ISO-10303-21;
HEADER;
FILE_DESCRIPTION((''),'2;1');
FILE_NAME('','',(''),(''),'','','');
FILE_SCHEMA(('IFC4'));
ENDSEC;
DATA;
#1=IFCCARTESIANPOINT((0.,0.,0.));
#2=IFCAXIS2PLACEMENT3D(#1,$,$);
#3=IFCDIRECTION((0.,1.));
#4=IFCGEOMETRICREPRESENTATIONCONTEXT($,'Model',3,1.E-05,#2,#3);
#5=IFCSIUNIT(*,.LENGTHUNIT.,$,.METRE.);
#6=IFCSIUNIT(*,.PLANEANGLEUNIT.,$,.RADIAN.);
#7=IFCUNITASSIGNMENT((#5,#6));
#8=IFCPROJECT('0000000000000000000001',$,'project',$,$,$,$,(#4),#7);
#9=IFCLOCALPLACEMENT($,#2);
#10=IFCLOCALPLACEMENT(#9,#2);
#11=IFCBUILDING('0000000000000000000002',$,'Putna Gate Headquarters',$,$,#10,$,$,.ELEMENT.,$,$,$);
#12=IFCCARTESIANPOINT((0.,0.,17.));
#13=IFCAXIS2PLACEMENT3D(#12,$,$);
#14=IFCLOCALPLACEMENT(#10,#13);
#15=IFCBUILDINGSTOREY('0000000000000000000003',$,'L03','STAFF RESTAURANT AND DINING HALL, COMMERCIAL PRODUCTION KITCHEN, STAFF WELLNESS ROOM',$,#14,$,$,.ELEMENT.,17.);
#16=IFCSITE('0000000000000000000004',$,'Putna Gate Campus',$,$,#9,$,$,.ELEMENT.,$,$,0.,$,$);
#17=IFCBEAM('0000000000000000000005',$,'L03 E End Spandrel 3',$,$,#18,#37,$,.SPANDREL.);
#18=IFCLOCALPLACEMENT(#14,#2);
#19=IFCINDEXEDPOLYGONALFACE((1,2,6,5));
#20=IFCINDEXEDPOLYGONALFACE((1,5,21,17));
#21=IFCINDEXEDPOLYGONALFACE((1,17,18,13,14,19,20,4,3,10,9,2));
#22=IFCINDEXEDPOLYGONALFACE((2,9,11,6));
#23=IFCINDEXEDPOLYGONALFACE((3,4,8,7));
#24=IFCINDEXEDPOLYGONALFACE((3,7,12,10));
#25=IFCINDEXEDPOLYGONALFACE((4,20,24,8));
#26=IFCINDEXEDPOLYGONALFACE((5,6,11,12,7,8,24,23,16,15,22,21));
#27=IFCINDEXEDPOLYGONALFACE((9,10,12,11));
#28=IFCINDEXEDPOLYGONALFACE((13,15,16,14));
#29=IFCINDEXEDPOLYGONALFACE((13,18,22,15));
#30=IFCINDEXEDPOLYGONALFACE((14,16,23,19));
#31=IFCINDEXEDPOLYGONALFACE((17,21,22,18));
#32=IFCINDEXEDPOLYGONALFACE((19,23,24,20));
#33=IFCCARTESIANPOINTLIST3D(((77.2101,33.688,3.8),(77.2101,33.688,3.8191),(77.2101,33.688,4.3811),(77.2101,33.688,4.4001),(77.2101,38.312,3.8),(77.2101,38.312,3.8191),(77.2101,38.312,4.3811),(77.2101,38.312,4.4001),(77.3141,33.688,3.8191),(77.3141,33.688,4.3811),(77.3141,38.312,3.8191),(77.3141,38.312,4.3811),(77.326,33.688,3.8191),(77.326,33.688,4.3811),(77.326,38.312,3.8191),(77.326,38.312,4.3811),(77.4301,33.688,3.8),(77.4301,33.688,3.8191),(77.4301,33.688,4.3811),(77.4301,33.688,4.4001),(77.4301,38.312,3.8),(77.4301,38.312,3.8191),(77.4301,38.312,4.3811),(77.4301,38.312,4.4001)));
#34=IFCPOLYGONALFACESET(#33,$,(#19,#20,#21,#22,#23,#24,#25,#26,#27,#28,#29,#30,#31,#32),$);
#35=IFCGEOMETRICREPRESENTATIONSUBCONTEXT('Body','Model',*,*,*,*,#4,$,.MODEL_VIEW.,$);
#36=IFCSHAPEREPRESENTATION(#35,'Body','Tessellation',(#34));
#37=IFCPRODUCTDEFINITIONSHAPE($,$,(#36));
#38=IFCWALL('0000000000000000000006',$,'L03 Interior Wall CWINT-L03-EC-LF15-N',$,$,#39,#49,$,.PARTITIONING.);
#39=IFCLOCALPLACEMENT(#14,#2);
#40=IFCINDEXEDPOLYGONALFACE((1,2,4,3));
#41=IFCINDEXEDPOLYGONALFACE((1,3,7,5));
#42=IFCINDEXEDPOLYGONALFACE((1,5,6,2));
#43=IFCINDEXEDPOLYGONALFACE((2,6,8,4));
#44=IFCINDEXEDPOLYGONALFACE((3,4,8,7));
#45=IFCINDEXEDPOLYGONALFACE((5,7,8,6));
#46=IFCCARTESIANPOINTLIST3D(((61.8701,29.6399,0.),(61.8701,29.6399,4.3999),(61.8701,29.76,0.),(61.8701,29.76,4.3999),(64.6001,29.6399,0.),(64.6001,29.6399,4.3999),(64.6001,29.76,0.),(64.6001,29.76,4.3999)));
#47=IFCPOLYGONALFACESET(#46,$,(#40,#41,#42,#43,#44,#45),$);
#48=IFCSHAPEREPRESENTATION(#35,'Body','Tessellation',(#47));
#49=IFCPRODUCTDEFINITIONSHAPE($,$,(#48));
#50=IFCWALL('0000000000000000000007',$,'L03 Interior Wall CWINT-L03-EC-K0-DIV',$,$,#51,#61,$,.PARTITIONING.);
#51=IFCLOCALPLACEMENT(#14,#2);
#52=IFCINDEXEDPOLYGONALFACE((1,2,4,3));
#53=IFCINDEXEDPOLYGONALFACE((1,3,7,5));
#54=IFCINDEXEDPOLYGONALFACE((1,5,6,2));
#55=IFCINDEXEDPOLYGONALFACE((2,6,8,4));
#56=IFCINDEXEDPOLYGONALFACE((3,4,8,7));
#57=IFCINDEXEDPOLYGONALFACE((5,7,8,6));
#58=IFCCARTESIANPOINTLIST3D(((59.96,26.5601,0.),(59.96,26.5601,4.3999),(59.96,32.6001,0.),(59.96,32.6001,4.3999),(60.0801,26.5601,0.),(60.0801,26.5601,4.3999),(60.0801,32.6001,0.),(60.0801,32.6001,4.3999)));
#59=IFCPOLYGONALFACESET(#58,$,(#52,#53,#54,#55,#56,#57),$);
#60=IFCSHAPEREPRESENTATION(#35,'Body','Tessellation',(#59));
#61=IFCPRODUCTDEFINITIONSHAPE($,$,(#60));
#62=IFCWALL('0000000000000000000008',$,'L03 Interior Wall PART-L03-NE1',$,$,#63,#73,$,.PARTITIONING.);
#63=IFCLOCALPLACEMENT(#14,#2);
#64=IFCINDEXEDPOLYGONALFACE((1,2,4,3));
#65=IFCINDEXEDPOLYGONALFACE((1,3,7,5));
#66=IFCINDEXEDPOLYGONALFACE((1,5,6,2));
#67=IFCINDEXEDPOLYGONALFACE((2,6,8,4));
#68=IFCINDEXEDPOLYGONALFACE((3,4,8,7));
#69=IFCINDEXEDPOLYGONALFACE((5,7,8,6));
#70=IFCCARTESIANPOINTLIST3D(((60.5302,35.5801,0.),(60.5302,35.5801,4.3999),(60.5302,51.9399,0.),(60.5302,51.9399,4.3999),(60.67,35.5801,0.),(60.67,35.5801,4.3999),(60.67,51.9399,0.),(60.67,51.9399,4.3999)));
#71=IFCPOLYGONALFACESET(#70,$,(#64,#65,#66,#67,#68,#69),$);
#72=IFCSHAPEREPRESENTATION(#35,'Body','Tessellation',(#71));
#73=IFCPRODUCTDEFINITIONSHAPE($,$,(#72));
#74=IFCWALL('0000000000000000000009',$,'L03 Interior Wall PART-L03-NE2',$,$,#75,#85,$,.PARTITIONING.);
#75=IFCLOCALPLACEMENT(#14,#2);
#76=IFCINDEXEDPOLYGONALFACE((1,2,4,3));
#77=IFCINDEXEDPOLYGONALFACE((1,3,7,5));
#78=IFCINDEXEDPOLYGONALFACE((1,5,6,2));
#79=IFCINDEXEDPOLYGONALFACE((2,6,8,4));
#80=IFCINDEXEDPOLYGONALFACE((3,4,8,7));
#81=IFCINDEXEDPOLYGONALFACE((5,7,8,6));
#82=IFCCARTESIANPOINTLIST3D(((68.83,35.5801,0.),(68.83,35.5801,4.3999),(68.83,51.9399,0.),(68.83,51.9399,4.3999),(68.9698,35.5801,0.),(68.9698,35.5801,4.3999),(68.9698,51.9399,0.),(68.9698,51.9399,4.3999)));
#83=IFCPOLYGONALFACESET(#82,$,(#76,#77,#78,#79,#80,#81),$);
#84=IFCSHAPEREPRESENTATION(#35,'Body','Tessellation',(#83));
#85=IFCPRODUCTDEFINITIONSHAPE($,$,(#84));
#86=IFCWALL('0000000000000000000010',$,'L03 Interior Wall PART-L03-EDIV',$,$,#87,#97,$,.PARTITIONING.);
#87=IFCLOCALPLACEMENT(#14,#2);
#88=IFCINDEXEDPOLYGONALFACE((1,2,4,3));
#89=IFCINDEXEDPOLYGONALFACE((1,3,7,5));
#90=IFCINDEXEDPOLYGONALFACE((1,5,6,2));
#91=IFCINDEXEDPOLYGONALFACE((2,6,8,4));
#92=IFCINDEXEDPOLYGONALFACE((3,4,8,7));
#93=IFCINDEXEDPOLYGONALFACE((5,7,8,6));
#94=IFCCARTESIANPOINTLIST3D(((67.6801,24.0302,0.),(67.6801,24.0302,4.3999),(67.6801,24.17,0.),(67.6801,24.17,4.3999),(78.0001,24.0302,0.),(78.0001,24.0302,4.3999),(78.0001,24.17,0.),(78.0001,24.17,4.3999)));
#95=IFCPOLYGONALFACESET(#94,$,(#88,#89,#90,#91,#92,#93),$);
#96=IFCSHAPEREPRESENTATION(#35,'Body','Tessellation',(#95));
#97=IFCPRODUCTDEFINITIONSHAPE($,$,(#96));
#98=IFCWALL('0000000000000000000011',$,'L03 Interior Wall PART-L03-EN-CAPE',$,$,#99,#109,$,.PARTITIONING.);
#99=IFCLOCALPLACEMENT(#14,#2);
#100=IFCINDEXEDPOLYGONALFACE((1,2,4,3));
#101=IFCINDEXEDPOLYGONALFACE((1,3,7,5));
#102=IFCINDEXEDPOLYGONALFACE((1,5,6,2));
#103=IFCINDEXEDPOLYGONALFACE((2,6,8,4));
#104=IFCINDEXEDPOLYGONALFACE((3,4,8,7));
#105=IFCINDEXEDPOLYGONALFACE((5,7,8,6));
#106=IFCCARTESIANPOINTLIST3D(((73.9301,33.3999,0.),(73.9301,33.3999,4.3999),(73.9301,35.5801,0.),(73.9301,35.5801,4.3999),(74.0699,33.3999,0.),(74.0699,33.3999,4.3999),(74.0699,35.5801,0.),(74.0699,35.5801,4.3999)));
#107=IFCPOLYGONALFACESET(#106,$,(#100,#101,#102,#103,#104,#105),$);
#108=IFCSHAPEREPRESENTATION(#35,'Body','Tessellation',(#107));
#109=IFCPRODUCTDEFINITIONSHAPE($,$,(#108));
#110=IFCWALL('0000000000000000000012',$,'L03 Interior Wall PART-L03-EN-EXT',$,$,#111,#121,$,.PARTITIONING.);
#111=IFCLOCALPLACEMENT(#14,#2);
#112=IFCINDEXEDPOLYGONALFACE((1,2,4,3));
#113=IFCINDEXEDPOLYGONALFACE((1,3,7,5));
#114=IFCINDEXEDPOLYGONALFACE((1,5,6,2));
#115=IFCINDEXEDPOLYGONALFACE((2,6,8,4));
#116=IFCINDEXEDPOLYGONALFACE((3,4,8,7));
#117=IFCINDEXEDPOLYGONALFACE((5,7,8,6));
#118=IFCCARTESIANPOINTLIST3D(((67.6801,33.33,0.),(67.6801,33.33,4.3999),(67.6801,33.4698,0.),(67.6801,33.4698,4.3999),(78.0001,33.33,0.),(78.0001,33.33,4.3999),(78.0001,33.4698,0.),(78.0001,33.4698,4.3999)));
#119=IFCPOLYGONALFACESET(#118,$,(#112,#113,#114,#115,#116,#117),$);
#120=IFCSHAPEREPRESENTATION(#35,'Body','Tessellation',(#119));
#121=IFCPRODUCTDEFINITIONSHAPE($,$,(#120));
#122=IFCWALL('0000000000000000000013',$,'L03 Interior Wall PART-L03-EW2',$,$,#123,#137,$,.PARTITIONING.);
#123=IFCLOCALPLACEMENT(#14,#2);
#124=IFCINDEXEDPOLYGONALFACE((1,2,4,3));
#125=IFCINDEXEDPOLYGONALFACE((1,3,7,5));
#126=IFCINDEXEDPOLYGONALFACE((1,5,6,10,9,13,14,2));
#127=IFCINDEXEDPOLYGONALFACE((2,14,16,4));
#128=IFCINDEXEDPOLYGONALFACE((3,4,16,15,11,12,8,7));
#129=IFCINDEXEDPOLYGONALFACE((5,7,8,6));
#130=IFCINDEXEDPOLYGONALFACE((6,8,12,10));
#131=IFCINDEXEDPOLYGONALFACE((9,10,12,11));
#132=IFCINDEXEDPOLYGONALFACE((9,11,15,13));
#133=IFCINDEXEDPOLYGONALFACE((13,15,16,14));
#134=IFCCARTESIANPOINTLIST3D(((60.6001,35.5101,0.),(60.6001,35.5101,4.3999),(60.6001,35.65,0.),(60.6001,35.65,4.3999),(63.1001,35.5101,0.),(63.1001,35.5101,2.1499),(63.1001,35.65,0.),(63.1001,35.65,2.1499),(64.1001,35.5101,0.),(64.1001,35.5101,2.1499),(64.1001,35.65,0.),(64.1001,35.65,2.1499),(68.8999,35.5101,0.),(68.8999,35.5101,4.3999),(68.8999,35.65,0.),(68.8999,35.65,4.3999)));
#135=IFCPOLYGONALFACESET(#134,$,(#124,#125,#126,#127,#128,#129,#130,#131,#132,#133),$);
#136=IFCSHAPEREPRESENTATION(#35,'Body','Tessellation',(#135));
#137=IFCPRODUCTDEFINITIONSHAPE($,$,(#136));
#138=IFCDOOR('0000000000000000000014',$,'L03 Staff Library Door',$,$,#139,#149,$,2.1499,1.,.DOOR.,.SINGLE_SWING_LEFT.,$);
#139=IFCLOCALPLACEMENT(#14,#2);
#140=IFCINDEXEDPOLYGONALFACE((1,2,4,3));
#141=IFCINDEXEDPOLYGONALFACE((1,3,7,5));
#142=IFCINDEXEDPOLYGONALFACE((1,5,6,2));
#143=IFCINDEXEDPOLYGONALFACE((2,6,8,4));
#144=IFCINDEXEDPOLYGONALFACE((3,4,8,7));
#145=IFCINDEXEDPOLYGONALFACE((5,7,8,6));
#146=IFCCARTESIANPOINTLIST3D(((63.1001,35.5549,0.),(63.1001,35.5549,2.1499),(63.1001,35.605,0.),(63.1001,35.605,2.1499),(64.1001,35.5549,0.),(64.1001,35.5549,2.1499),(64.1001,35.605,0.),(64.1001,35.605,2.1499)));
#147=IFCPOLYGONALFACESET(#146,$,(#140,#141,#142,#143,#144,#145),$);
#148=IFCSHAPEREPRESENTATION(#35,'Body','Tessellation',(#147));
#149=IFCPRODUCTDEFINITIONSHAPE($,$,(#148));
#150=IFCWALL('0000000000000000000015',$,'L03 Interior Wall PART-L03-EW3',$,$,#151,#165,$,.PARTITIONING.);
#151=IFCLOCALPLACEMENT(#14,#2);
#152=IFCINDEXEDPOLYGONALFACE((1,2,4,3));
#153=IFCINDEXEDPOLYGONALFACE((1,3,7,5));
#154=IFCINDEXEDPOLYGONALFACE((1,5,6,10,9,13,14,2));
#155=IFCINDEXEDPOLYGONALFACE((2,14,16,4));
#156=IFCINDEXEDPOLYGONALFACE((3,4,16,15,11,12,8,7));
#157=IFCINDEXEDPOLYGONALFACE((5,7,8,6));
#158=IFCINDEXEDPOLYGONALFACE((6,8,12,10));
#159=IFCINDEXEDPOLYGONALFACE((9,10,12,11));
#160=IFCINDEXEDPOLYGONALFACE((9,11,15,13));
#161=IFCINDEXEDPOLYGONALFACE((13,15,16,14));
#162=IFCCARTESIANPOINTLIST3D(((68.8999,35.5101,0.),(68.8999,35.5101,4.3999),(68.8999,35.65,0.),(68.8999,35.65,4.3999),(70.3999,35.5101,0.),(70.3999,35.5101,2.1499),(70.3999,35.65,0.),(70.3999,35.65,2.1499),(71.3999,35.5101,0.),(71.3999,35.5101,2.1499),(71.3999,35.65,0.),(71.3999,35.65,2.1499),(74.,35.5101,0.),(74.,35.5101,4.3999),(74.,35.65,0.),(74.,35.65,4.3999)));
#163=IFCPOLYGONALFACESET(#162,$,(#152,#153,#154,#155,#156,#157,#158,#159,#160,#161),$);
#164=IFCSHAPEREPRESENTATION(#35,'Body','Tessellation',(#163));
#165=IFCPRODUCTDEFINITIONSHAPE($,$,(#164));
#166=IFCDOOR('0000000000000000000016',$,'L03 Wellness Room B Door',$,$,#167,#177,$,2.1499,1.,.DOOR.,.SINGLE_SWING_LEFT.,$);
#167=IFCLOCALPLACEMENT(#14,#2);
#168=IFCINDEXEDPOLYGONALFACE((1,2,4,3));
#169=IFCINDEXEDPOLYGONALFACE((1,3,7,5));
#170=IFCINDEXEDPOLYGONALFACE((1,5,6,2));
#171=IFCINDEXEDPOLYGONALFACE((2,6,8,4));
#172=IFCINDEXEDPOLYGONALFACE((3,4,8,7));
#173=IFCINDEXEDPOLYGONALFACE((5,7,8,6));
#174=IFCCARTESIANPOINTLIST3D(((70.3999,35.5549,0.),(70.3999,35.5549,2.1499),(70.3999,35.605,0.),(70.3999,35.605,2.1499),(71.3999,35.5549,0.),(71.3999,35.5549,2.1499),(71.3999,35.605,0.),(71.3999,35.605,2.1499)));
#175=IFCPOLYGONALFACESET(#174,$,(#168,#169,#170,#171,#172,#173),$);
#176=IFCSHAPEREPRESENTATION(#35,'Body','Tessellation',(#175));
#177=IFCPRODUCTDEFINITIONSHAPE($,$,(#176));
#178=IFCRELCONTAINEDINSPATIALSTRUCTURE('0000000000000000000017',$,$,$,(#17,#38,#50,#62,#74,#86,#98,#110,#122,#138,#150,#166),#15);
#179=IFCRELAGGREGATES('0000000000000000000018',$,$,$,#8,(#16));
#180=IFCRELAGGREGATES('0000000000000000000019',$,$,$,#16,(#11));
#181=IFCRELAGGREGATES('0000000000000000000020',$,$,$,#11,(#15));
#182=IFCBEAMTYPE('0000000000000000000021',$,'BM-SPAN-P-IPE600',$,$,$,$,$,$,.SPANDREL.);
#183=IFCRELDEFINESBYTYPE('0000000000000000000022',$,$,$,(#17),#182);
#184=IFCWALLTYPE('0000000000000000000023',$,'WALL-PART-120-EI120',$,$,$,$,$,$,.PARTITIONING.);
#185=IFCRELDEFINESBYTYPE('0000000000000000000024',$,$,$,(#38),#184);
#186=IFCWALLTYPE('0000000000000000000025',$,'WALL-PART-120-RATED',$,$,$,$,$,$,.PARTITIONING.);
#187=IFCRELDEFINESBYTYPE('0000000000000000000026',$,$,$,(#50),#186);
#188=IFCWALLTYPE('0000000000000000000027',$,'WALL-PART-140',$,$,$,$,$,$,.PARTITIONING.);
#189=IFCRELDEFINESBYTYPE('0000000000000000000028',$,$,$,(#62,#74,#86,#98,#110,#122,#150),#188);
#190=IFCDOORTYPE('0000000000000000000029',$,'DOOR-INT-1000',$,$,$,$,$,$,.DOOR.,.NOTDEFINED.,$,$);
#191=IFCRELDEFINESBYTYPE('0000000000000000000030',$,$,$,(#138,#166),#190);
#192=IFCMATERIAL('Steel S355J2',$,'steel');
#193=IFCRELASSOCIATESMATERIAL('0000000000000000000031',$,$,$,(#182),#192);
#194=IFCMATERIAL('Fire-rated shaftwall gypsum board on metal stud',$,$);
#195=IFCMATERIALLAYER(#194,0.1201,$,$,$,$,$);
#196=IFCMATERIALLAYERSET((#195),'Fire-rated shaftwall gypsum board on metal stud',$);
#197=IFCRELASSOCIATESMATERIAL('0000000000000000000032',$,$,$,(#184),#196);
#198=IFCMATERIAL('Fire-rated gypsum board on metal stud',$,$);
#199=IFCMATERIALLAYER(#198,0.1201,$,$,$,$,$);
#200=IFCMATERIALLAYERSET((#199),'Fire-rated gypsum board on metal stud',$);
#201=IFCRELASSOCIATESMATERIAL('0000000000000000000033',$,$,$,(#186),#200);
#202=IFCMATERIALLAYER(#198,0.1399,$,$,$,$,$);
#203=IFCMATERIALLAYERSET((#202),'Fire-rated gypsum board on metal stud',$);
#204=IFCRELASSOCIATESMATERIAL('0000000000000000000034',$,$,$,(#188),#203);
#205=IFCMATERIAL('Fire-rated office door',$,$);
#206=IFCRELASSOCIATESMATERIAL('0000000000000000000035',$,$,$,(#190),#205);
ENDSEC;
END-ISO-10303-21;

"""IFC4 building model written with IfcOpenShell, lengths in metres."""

from ifc_helpers import new_model, si_unit, direction, frame, frame_2d, origin, origin_2d, place, context, subcontext, project, spatial, rectangle, i_section, extrude, material, layer, layer_set, material_profile, profile_set, type_object, element, fill, save


model = new_model("IFC4")

# Units and contexts
model_context = context("Model", 3, precision=1e-05, world=origin(), true_north=direction((0.0, 1.0)))
body_context = subcontext(model_context, "Body", "Model", "MODEL_VIEW")
ifc_project = project(units=[si_unit("LENGTHUNIT", "METRE"), si_unit("PLANEANGLEUNIT", "RADIAN")], contexts=[model_context])

# Site, building, storey
site_placement = place(None, origin())
site = spatial("IfcSite", under=ifc_project, at=site_placement, Name="Putna Gate Campus", CompositionType="ELEMENT", RefElevation=0.0)
building_placement = place(site_placement, origin())
building = spatial("IfcBuilding", under=site, at=building_placement, Name="Putna Gate Headquarters", CompositionType="ELEMENT")
storey_placement = place(building_placement, frame((0.0, 0.0, 17.0)))
storey = spatial("IfcBuildingStorey", under=building, at=storey_placement, Name="L03", Description="STAFF RESTAURANT AND DINING HALL, COMMERCIAL PRODUCTION KITCHEN, STAFF WELLNESS ROOM", CompositionType="ELEMENT", Elevation=17.0)

# Beam
ifc_material_1 = material(Name="Steel S355J2", Category="steel")
ifc_material_profile_1 = material_profile(ifc_material_1, i_section(OverallWidth=0.22, OverallDepth=0.6001, WebThickness=0.012, FlangeThickness=0.019, at=origin_2d()), Name="Steel S355J2")
ifc_profile_set_1 = profile_set([ifc_material_profile_1], Name="Steel S355J2")
beam_type_1 = type_object("IfcBeamType", Name="BM-SPAN-P-IPE600", PredefinedType="SPANDREL", material=ifc_profile_set_1)
beam_1_placement = place(storey_placement, frame((77.3201, 33.688, 4.1001), z_axis=(0.0, 1.0, 0.0), x_axis=(-1.0, 0.0, 0.0)))
element("IfcBeam", 1, at=beam_1_placement, inside=storey, type_object=beam_type_1, Name="L03 E End Spandrel 3", PredefinedType="SPANDREL", context=body_context, shape_type="SweptSolid", body=[
    extrude(i_section(OverallWidth=0.22, OverallDepth=0.6001, WebThickness=0.012, FlangeThickness=0.019, at=origin_2d()), origin(), (0.0, 0.0, 1.0), 4.624),
])

# Walls
ifc_material_2 = material(Name="Fire-rated shaftwall gypsum board on metal stud")
ifc_layer_1 = layer(ifc_material_2, 0.1201)
ifc_layer_set_1 = layer_set([ifc_layer_1], Name="Fire-rated shaftwall gypsum board on metal stud")
wall_type_1 = type_object("IfcWallType", Name="WALL-PART-120-EI120", PredefinedType="PARTITIONING", material=ifc_layer_set_1)
wall_1_placement = place(storey_placement, frame((61.8701, 29.7, 0.0), z_axis=(0.0, 0.0, 1.0), x_axis=(1.0, 0.0, 0.0)))
element("IfcWall", 2, at=wall_1_placement, inside=storey, type_object=wall_type_1, Name="L03 Interior Wall CWINT-L03-EC-LF15-N", PredefinedType="PARTITIONING", context=body_context, shape_type="SweptSolid", body=[
    extrude(rectangle(XDim=2.73, YDim=0.1201, at=frame_2d((1.365, 0.0))), origin(), (0.0, 0.0, 1.0), 4.3999),
])
ifc_material_3 = material(Name="Fire-rated gypsum board on metal stud")
ifc_layer_2 = layer(ifc_material_3, 0.1201)
ifc_layer_set_2 = layer_set([ifc_layer_2], Name="Fire-rated gypsum board on metal stud")
wall_type_2 = type_object("IfcWallType", Name="WALL-PART-120-RATED", PredefinedType="PARTITIONING", material=ifc_layer_set_2)
wall_2_placement = place(storey_placement, frame((60.02, 26.5601, 0.0), z_axis=(0.0, 0.0, 1.0), x_axis=(0.0, 1.0, 0.0)))
element("IfcWall", 3, at=wall_2_placement, inside=storey, type_object=wall_type_2, Name="L03 Interior Wall CWINT-L03-EC-K0-DIV", PredefinedType="PARTITIONING", context=body_context, shape_type="SweptSolid", body=[
    extrude(rectangle(XDim=6.04, YDim=0.1201, at=frame_2d((3.02, 0.0))), origin(), (0.0, 0.0, 1.0), 4.3999),
])
ifc_layer_3 = layer(ifc_material_3, 0.1399)
ifc_layer_set_3 = layer_set([ifc_layer_3], Name="Fire-rated gypsum board on metal stud")
wall_type_3 = type_object("IfcWallType", Name="WALL-PART-140", PredefinedType="PARTITIONING", material=ifc_layer_set_3)
for number, where, z_axis, x_axis, name in (
    (4, (60.6001, 35.5801, 0.0), (0.0, 0.0, 1.0), (0.0, 1.0, 0.0), "L03 Interior Wall PART-L03-NE1"),
    (5, (68.8999, 35.5801, 0.0), (0.0, 0.0, 1.0), (0.0, 1.0, 0.0), "L03 Interior Wall PART-L03-NE2"),
):
    element("IfcWall", number, at=place(storey_placement, frame(where, z_axis=z_axis, x_axis=x_axis)), inside=storey, type_object=wall_type_3, Name=name, PredefinedType="PARTITIONING", context=body_context, shape_type="SweptSolid", body=[
        extrude(rectangle(XDim=16.3599, YDim=0.1399, at=frame_2d((8.1799, 0.0))), origin(), (0.0, 0.0, 1.0), 4.3999),
    ])
wall_3_placement = place(storey_placement, frame((67.6799, 24.1001, 0.0), z_axis=(0.0, 0.0, 1.0), x_axis=(1.0, 0.0, 0.0)))
element("IfcWall", 6, at=wall_3_placement, inside=storey, type_object=wall_type_3, Name="L03 Interior Wall PART-L03-EDIV", PredefinedType="PARTITIONING", context=body_context, shape_type="SweptSolid", body=[
    extrude(rectangle(XDim=10.3201, YDim=0.1399, at=frame_2d((5.1602, 0.0))), origin(), (0.0, 0.0, 1.0), 4.3999),
])
wall_4_placement = place(storey_placement, frame((74.0, 33.3999, 0.0), z_axis=(0.0, 0.0, 1.0), x_axis=(0.0, 1.0, 0.0)))
element("IfcWall", 7, at=wall_4_placement, inside=storey, type_object=wall_type_3, Name="L03 Interior Wall PART-L03-EN-CAPE", PredefinedType="PARTITIONING", context=body_context, shape_type="SweptSolid", body=[
    extrude(rectangle(XDim=2.1802, YDim=0.1399, at=frame_2d((1.0901, 0.0))), origin(), (0.0, 0.0, 1.0), 4.3999),
])
wall_5_placement = place(storey_placement, frame((67.6799, 33.3999, 0.0), z_axis=(0.0, 0.0, 1.0), x_axis=(1.0, 0.0, 0.0)))
element("IfcWall", 8, at=wall_5_placement, inside=storey, type_object=wall_type_3, Name="L03 Interior Wall PART-L03-EN-EXT", PredefinedType="PARTITIONING", context=body_context, shape_type="SweptSolid", body=[
    extrude(rectangle(XDim=10.3201, YDim=0.1399, at=frame_2d((5.1602, 0.0))), origin(), (0.0, 0.0, 1.0), 4.3999),
])

# Walls, openings, doors
wall_6_placement = place(storey_placement, frame((60.6001, 35.5801, 0.0), z_axis=(0.0, 0.0, 1.0), x_axis=(1.0, 0.0, 0.0)))
wall_6 = element("IfcWall", 9, at=wall_6_placement, inside=storey, type_object=wall_type_3, Name="L03 Interior Wall PART-L03-EW2", PredefinedType="PARTITIONING", context=body_context, shape_type="SweptSolid", body=[
    extrude(rectangle(XDim=8.2998, YDim=0.1399, at=frame_2d((4.1499, 0.0))), origin(), (0.0, 0.0, 1.0), 4.3999),
])
opening_1_placement = place(wall_6_placement, frame((2.5, 0.0, 0.0)))
opening_1 = element("IfcOpeningElement", 10, at=opening_1_placement, cuts=wall_6, PredefinedType="OPENING", context=body_context, shape_type="SweptSolid", body=[
    extrude(rectangle(XDim=1.0, YDim=2.1499, at=frame_2d((0.5, 1.075))), frame((0.0, 0.0798, 0.0), z_axis=(0.0, -1.0, 0.0), x_axis=(1.0, 0.0, 0.0)), (0.0, 0.0, 1.0), 0.1599),
])
ifc_material_4 = material(Name="Fire-rated office door")
door_type_1 = type_object("IfcDoorType", Name="DOOR-INT-1000", OperationType="NOTDEFINED", PredefinedType="DOOR", material=ifc_material_4)
door_1_placement = place(opening_1_placement, origin())
door_1 = element("IfcDoor", 11, at=door_1_placement, inside=storey, type_object=door_type_1, Name="L03 Staff Library Door", OperationType="SINGLE_SWING_LEFT", OverallHeight=2.1499, OverallWidth=1.0, PredefinedType="DOOR", context=body_context, shape_type="SweptSolid", body=[
    extrude(rectangle(XDim=1.0, YDim=2.1499, at=frame_2d((0.5, 1.075))), frame((0.0, 0.0249, 0.0), z_axis=(0.0, -1.0, 0.0), x_axis=(1.0, 0.0, 0.0)), (0.0, 0.0, 1.0), 0.05),
])
fill(opening_1, door_1)
wall_7_placement = place(storey_placement, frame((68.8999, 35.5801, 0.0), z_axis=(0.0, 0.0, 1.0), x_axis=(1.0, 0.0, 0.0)))
wall_7 = element("IfcWall", 12, at=wall_7_placement, inside=storey, type_object=wall_type_3, Name="L03 Interior Wall PART-L03-EW3", PredefinedType="PARTITIONING", context=body_context, shape_type="SweptSolid", body=[
    extrude(rectangle(XDim=5.1001, YDim=0.1399, at=frame_2d((2.55, 0.0))), origin(), (0.0, 0.0, 1.0), 4.3999),
])
opening_2_placement = place(wall_7_placement, frame((1.5, 0.0, 0.0)))
opening_2 = element("IfcOpeningElement", 13, at=opening_2_placement, cuts=wall_7, PredefinedType="OPENING", context=body_context, shape_type="SweptSolid", body=[
    extrude(rectangle(XDim=1.0, YDim=2.1499, at=frame_2d((0.5, 1.075))), frame((0.0, 0.0798, 0.0), z_axis=(0.0, -1.0, 0.0), x_axis=(1.0, 0.0, 0.0)), (0.0, 0.0, 1.0), 0.1599),
])
door_2_placement = place(opening_2_placement, origin())
door_2 = element("IfcDoor", 14, at=door_2_placement, inside=storey, type_object=door_type_1, Name="L03 Wellness Room B Door", OperationType="SINGLE_SWING_LEFT", OverallHeight=2.1499, OverallWidth=1.0, PredefinedType="DOOR", context=body_context, shape_type="SweptSolid", body=[
    extrude(rectangle(XDim=1.0, YDim=2.1499, at=frame_2d((0.5, 1.075))), frame((0.0, 0.0249, 0.0), z_axis=(0.0, -1.0, 0.0), x_axis=(1.0, 0.0, 0.0)), (0.0, 0.0, 1.0), 0.05),
])
fill(opening_2, door_2)

save(model, "model.ifc")
